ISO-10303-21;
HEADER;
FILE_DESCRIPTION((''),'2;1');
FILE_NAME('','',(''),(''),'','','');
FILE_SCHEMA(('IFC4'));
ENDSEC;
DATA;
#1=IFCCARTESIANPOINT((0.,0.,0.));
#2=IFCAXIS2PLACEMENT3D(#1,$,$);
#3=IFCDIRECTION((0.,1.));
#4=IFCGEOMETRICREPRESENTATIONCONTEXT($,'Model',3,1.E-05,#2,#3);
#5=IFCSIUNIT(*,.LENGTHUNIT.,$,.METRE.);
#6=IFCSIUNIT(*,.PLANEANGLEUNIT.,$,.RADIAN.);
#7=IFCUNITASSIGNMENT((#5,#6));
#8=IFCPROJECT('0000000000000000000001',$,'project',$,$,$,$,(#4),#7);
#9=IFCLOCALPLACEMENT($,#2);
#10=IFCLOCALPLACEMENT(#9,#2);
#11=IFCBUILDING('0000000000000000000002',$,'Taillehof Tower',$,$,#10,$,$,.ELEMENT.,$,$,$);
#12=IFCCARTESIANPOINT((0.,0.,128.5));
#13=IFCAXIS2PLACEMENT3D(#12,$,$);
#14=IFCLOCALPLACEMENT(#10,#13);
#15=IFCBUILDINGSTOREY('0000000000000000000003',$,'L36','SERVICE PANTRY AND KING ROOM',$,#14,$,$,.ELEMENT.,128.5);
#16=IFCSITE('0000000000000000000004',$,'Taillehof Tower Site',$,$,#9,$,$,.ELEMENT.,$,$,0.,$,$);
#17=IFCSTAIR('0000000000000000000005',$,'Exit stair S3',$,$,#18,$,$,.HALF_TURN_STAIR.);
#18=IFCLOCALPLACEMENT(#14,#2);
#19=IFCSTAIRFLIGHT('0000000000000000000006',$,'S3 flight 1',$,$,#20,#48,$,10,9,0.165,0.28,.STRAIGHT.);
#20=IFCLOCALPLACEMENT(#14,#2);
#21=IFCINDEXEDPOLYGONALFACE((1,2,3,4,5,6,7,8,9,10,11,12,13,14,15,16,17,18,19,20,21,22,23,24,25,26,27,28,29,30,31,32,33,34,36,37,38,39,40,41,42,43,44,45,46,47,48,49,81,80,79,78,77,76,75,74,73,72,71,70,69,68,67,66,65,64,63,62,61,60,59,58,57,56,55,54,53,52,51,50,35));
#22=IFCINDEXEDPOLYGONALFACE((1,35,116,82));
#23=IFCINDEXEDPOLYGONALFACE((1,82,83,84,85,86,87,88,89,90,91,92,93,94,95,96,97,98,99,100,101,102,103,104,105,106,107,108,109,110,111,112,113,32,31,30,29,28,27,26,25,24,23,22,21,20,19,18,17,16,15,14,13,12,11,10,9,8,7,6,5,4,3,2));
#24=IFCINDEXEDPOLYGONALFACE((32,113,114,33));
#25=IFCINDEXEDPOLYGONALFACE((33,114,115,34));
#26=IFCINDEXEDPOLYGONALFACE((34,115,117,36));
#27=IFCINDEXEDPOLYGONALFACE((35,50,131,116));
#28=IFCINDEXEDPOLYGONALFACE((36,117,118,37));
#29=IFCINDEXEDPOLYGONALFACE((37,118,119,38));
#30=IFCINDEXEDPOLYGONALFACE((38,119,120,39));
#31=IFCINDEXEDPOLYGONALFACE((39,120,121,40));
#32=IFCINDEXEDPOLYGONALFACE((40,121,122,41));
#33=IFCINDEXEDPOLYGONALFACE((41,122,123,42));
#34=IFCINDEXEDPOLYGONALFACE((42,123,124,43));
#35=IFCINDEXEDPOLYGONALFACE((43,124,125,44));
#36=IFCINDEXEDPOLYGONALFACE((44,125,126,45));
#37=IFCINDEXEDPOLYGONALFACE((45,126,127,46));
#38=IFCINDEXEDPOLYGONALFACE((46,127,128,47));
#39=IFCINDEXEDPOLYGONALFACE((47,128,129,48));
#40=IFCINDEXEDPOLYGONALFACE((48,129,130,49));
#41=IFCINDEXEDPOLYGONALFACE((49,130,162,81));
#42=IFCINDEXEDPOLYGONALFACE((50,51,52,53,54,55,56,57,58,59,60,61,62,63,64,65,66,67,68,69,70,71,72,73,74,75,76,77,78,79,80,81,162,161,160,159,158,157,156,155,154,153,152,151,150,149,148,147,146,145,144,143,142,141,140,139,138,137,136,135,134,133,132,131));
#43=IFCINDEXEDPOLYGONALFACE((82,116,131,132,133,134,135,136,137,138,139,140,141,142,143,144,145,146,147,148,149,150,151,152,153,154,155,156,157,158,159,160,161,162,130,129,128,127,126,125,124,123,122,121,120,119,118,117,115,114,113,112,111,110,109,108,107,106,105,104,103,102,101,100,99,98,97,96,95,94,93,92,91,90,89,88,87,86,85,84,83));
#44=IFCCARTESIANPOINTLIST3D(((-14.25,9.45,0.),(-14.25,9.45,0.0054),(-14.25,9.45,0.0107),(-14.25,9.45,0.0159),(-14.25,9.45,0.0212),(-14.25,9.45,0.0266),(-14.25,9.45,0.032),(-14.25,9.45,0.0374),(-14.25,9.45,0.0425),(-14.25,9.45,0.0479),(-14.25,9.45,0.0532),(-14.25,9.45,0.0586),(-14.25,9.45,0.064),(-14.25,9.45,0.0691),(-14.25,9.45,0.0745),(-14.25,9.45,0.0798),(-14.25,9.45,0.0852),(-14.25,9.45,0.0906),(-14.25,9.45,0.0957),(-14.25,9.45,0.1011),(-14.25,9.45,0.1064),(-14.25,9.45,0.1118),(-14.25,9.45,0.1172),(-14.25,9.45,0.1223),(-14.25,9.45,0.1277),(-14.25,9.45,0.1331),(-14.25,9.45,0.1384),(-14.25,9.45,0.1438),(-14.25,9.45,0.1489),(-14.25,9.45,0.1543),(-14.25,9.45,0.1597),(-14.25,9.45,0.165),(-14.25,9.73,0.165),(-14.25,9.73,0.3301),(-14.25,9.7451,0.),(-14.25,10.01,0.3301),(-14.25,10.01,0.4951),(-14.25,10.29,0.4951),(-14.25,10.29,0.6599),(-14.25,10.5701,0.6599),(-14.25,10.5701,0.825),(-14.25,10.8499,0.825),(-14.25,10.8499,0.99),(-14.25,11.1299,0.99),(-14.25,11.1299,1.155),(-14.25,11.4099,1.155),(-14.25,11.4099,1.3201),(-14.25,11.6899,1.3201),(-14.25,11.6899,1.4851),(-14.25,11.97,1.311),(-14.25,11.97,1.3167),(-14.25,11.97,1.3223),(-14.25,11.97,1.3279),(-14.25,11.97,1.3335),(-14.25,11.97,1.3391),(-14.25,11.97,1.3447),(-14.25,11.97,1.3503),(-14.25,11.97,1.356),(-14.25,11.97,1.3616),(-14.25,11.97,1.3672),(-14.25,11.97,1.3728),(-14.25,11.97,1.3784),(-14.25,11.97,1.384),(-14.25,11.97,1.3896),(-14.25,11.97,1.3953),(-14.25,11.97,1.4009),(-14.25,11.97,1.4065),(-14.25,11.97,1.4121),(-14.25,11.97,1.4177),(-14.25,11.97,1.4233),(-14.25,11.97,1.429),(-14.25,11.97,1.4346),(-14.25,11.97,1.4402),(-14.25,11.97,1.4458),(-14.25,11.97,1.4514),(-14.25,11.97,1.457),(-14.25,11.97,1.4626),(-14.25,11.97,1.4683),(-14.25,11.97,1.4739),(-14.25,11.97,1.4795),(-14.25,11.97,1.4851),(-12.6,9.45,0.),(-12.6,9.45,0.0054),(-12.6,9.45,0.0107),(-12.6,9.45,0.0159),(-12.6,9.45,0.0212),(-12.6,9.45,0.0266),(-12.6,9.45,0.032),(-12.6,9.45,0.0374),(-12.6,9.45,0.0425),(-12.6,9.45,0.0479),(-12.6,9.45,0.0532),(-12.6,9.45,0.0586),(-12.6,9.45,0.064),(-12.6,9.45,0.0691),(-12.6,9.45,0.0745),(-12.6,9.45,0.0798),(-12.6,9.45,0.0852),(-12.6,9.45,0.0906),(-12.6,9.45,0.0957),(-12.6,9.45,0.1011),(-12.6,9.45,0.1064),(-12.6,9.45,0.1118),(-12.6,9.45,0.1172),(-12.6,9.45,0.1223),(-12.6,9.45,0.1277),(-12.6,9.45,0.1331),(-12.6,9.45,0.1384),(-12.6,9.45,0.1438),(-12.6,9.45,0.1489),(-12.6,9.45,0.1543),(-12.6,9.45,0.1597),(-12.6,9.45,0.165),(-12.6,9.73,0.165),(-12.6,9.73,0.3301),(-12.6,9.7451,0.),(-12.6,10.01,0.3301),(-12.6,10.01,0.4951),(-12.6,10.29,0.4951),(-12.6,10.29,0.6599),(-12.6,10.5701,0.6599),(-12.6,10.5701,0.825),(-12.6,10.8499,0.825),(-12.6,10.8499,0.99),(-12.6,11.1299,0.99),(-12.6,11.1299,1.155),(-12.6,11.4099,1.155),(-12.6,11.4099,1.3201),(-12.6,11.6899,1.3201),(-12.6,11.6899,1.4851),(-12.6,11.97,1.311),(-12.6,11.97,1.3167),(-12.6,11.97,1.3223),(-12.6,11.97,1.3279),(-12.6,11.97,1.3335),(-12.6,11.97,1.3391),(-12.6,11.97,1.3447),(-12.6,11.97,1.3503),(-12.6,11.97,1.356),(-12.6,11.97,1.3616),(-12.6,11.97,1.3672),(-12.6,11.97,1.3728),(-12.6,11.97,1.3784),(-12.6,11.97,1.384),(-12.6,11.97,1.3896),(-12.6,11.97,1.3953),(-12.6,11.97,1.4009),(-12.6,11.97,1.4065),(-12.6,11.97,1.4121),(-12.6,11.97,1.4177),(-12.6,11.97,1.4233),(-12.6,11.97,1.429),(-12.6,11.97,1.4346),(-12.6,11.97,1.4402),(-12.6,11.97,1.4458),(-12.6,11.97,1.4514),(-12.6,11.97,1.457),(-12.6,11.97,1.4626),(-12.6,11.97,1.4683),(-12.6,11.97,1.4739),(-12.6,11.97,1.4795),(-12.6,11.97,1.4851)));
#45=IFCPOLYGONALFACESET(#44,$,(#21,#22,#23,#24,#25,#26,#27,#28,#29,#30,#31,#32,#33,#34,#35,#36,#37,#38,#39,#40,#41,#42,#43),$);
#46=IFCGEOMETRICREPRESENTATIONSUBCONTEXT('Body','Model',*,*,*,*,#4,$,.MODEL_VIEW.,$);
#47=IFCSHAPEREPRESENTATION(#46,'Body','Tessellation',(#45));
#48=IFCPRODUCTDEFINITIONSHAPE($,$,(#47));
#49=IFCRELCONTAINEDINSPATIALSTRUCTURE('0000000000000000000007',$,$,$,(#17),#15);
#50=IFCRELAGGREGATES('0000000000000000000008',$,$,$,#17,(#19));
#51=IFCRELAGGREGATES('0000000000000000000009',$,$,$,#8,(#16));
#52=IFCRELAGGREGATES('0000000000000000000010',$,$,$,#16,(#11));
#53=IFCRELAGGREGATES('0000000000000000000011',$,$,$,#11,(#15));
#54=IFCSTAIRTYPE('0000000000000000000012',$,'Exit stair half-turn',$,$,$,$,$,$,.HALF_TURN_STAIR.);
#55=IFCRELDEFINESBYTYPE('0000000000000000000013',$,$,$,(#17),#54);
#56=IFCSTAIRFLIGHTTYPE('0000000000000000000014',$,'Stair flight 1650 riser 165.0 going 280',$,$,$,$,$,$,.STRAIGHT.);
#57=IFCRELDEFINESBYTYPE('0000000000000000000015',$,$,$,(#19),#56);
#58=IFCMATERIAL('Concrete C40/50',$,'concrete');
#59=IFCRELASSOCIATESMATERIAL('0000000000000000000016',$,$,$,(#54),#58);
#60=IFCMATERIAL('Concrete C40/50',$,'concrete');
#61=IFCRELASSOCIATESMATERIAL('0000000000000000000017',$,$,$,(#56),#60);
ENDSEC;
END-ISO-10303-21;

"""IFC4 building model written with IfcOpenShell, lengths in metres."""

from ifc_helpers import new_model, si_unit, direction, frame, origin, place, context, subcontext, project, spatial, polyline, outline, extrude, material, type_object, element, aggregate, save


model = new_model("IFC4")

# Units and contexts
model_context = context("Model", 3, precision=1e-05, world=origin(), true_north=direction((0.0, 1.0)))
body_context = subcontext(model_context, "Body", "Model", "MODEL_VIEW")
ifc_project = project(units=[si_unit("LENGTHUNIT", "METRE"), si_unit("PLANEANGLEUNIT", "RADIAN")], contexts=[model_context])

# Site, building, storey
site_placement = place(None, origin())
site = spatial("IfcSite", under=ifc_project, at=site_placement, Name="Taillehof Tower Site", CompositionType="ELEMENT", RefElevation=0.0)
building_placement = place(site_placement, origin())
building = spatial("IfcBuilding", under=site, at=building_placement, Name="Taillehof Tower", CompositionType="ELEMENT")
storey_placement = place(building_placement, frame((0.0, 0.0, 128.5)))
storey = spatial("IfcBuildingStorey", under=building, at=storey_placement, Name="L36", Description="SERVICE PANTRY AND KING ROOM", CompositionType="ELEMENT", Elevation=128.5)

# Stair, stair flight
ifc_material_1 = material(Name="Concrete C40/50", Category="concrete")
stair_type = type_object("IfcStairType", Name="Exit stair half-turn", PredefinedType="HALF_TURN_STAIR", material=ifc_material_1)
stair_placement = place(storey_placement, origin())
stair = element("IfcStair", 1, at=stair_placement, inside=storey, type_object=stair_type, Name="Exit stair S3", PredefinedType="HALF_TURN_STAIR")
ifc_material_2 = material(Name="Concrete C40/50", Category="concrete")
stair_flight_type = type_object("IfcStairFlightType", Name="Stair flight 1650 riser 165.0 going 280", PredefinedType="STRAIGHT", material=ifc_material_2)
stair_flight_placement = place(storey_placement, frame((-13.425, 9.45, 0.0), z_axis=(0.0, 0.0, 1.0), x_axis=(0.0, 1.0, 0.0)))
stair_flight = element("IfcStairFlight", 2, at=stair_flight_placement, type_object=stair_flight_type, Name="S3 flight 1", NumberOfRisers=10, NumberOfTreads=9, PredefinedType="STRAIGHT", RiserHeight=0.165, TreadLength=0.28, context=body_context, shape_type="SweptSolid", body=[
    extrude(outline(polyline([(0.0, 0.0), (0.0, 0.0054), (0.0, 0.0107), (0.0, 0.0159), (0.0, 0.0212), (0.0, 0.0266), (0.0, 0.032), (0.0, 0.0374), (0.0, 0.0425), (0.0, 0.0479), (0.0, 0.0532), (0.0, 0.0586), (0.0, 0.064), (0.0, 0.0691), (0.0, 0.0745), (0.0, 0.0798), (0.0, 0.0852), (0.0, 0.0906), (0.0, 0.0957), (0.0, 0.1011), (0.0, 0.1064), (0.0, 0.1118), (0.0, 0.1172), (0.0, 0.1223), (0.0, 0.1277), (0.0, 0.1331), (0.0, 0.1384), (0.0, 0.1438), (0.0, 0.1489), (0.0, 0.1543), (0.0, 0.1597), (0.0, 0.165), (0.28, 0.165), (0.28, 0.3301), (0.5601, 0.3301), (0.5601, 0.4951), (0.8401, 0.4951), (0.8401, 0.6599), (1.1201, 0.6599), (1.1201, 0.825), (1.3999, 0.825), (1.3999, 0.99), (1.6799, 0.99), (1.6799, 1.155), (1.96, 1.155), (1.96, 1.3201), (2.24, 1.3201), (2.24, 1.4851), (2.52, 1.4851), (2.52, 1.4795), (2.52, 1.4739), (2.52, 1.4683), (2.52, 1.4626), (2.52, 1.457), (2.52, 1.4514), (2.52, 1.4458), (2.52, 1.4402), (2.52, 1.4346), (2.52, 1.429), (2.52, 1.4233), (2.52, 1.4177), (2.52, 1.4121), (2.52, 1.4065), (2.52, 1.4009), (2.52, 1.3953), (2.52, 1.3896), (2.52, 1.384), (2.52, 1.3784), (2.52, 1.3728), (2.52, 1.3672), (2.52, 1.3616), (2.52, 1.356), (2.52, 1.3503), (2.52, 1.3447), (2.52, 1.3391), (2.52, 1.3335), (2.52, 1.3279), (2.52, 1.3223), (2.52, 1.3167), (2.52, 1.311), (0.2952, 0.0), (0.0, 0.0)])), frame((0.0, 0.825, 0.0), z_axis=(0.0, -1.0, 0.0), x_axis=(1.0, 0.0, 0.0)), (0.0, 0.0, 1.0), 1.65),
])
aggregate(stair, [stair_flight])

save(model, "model.ifc")
